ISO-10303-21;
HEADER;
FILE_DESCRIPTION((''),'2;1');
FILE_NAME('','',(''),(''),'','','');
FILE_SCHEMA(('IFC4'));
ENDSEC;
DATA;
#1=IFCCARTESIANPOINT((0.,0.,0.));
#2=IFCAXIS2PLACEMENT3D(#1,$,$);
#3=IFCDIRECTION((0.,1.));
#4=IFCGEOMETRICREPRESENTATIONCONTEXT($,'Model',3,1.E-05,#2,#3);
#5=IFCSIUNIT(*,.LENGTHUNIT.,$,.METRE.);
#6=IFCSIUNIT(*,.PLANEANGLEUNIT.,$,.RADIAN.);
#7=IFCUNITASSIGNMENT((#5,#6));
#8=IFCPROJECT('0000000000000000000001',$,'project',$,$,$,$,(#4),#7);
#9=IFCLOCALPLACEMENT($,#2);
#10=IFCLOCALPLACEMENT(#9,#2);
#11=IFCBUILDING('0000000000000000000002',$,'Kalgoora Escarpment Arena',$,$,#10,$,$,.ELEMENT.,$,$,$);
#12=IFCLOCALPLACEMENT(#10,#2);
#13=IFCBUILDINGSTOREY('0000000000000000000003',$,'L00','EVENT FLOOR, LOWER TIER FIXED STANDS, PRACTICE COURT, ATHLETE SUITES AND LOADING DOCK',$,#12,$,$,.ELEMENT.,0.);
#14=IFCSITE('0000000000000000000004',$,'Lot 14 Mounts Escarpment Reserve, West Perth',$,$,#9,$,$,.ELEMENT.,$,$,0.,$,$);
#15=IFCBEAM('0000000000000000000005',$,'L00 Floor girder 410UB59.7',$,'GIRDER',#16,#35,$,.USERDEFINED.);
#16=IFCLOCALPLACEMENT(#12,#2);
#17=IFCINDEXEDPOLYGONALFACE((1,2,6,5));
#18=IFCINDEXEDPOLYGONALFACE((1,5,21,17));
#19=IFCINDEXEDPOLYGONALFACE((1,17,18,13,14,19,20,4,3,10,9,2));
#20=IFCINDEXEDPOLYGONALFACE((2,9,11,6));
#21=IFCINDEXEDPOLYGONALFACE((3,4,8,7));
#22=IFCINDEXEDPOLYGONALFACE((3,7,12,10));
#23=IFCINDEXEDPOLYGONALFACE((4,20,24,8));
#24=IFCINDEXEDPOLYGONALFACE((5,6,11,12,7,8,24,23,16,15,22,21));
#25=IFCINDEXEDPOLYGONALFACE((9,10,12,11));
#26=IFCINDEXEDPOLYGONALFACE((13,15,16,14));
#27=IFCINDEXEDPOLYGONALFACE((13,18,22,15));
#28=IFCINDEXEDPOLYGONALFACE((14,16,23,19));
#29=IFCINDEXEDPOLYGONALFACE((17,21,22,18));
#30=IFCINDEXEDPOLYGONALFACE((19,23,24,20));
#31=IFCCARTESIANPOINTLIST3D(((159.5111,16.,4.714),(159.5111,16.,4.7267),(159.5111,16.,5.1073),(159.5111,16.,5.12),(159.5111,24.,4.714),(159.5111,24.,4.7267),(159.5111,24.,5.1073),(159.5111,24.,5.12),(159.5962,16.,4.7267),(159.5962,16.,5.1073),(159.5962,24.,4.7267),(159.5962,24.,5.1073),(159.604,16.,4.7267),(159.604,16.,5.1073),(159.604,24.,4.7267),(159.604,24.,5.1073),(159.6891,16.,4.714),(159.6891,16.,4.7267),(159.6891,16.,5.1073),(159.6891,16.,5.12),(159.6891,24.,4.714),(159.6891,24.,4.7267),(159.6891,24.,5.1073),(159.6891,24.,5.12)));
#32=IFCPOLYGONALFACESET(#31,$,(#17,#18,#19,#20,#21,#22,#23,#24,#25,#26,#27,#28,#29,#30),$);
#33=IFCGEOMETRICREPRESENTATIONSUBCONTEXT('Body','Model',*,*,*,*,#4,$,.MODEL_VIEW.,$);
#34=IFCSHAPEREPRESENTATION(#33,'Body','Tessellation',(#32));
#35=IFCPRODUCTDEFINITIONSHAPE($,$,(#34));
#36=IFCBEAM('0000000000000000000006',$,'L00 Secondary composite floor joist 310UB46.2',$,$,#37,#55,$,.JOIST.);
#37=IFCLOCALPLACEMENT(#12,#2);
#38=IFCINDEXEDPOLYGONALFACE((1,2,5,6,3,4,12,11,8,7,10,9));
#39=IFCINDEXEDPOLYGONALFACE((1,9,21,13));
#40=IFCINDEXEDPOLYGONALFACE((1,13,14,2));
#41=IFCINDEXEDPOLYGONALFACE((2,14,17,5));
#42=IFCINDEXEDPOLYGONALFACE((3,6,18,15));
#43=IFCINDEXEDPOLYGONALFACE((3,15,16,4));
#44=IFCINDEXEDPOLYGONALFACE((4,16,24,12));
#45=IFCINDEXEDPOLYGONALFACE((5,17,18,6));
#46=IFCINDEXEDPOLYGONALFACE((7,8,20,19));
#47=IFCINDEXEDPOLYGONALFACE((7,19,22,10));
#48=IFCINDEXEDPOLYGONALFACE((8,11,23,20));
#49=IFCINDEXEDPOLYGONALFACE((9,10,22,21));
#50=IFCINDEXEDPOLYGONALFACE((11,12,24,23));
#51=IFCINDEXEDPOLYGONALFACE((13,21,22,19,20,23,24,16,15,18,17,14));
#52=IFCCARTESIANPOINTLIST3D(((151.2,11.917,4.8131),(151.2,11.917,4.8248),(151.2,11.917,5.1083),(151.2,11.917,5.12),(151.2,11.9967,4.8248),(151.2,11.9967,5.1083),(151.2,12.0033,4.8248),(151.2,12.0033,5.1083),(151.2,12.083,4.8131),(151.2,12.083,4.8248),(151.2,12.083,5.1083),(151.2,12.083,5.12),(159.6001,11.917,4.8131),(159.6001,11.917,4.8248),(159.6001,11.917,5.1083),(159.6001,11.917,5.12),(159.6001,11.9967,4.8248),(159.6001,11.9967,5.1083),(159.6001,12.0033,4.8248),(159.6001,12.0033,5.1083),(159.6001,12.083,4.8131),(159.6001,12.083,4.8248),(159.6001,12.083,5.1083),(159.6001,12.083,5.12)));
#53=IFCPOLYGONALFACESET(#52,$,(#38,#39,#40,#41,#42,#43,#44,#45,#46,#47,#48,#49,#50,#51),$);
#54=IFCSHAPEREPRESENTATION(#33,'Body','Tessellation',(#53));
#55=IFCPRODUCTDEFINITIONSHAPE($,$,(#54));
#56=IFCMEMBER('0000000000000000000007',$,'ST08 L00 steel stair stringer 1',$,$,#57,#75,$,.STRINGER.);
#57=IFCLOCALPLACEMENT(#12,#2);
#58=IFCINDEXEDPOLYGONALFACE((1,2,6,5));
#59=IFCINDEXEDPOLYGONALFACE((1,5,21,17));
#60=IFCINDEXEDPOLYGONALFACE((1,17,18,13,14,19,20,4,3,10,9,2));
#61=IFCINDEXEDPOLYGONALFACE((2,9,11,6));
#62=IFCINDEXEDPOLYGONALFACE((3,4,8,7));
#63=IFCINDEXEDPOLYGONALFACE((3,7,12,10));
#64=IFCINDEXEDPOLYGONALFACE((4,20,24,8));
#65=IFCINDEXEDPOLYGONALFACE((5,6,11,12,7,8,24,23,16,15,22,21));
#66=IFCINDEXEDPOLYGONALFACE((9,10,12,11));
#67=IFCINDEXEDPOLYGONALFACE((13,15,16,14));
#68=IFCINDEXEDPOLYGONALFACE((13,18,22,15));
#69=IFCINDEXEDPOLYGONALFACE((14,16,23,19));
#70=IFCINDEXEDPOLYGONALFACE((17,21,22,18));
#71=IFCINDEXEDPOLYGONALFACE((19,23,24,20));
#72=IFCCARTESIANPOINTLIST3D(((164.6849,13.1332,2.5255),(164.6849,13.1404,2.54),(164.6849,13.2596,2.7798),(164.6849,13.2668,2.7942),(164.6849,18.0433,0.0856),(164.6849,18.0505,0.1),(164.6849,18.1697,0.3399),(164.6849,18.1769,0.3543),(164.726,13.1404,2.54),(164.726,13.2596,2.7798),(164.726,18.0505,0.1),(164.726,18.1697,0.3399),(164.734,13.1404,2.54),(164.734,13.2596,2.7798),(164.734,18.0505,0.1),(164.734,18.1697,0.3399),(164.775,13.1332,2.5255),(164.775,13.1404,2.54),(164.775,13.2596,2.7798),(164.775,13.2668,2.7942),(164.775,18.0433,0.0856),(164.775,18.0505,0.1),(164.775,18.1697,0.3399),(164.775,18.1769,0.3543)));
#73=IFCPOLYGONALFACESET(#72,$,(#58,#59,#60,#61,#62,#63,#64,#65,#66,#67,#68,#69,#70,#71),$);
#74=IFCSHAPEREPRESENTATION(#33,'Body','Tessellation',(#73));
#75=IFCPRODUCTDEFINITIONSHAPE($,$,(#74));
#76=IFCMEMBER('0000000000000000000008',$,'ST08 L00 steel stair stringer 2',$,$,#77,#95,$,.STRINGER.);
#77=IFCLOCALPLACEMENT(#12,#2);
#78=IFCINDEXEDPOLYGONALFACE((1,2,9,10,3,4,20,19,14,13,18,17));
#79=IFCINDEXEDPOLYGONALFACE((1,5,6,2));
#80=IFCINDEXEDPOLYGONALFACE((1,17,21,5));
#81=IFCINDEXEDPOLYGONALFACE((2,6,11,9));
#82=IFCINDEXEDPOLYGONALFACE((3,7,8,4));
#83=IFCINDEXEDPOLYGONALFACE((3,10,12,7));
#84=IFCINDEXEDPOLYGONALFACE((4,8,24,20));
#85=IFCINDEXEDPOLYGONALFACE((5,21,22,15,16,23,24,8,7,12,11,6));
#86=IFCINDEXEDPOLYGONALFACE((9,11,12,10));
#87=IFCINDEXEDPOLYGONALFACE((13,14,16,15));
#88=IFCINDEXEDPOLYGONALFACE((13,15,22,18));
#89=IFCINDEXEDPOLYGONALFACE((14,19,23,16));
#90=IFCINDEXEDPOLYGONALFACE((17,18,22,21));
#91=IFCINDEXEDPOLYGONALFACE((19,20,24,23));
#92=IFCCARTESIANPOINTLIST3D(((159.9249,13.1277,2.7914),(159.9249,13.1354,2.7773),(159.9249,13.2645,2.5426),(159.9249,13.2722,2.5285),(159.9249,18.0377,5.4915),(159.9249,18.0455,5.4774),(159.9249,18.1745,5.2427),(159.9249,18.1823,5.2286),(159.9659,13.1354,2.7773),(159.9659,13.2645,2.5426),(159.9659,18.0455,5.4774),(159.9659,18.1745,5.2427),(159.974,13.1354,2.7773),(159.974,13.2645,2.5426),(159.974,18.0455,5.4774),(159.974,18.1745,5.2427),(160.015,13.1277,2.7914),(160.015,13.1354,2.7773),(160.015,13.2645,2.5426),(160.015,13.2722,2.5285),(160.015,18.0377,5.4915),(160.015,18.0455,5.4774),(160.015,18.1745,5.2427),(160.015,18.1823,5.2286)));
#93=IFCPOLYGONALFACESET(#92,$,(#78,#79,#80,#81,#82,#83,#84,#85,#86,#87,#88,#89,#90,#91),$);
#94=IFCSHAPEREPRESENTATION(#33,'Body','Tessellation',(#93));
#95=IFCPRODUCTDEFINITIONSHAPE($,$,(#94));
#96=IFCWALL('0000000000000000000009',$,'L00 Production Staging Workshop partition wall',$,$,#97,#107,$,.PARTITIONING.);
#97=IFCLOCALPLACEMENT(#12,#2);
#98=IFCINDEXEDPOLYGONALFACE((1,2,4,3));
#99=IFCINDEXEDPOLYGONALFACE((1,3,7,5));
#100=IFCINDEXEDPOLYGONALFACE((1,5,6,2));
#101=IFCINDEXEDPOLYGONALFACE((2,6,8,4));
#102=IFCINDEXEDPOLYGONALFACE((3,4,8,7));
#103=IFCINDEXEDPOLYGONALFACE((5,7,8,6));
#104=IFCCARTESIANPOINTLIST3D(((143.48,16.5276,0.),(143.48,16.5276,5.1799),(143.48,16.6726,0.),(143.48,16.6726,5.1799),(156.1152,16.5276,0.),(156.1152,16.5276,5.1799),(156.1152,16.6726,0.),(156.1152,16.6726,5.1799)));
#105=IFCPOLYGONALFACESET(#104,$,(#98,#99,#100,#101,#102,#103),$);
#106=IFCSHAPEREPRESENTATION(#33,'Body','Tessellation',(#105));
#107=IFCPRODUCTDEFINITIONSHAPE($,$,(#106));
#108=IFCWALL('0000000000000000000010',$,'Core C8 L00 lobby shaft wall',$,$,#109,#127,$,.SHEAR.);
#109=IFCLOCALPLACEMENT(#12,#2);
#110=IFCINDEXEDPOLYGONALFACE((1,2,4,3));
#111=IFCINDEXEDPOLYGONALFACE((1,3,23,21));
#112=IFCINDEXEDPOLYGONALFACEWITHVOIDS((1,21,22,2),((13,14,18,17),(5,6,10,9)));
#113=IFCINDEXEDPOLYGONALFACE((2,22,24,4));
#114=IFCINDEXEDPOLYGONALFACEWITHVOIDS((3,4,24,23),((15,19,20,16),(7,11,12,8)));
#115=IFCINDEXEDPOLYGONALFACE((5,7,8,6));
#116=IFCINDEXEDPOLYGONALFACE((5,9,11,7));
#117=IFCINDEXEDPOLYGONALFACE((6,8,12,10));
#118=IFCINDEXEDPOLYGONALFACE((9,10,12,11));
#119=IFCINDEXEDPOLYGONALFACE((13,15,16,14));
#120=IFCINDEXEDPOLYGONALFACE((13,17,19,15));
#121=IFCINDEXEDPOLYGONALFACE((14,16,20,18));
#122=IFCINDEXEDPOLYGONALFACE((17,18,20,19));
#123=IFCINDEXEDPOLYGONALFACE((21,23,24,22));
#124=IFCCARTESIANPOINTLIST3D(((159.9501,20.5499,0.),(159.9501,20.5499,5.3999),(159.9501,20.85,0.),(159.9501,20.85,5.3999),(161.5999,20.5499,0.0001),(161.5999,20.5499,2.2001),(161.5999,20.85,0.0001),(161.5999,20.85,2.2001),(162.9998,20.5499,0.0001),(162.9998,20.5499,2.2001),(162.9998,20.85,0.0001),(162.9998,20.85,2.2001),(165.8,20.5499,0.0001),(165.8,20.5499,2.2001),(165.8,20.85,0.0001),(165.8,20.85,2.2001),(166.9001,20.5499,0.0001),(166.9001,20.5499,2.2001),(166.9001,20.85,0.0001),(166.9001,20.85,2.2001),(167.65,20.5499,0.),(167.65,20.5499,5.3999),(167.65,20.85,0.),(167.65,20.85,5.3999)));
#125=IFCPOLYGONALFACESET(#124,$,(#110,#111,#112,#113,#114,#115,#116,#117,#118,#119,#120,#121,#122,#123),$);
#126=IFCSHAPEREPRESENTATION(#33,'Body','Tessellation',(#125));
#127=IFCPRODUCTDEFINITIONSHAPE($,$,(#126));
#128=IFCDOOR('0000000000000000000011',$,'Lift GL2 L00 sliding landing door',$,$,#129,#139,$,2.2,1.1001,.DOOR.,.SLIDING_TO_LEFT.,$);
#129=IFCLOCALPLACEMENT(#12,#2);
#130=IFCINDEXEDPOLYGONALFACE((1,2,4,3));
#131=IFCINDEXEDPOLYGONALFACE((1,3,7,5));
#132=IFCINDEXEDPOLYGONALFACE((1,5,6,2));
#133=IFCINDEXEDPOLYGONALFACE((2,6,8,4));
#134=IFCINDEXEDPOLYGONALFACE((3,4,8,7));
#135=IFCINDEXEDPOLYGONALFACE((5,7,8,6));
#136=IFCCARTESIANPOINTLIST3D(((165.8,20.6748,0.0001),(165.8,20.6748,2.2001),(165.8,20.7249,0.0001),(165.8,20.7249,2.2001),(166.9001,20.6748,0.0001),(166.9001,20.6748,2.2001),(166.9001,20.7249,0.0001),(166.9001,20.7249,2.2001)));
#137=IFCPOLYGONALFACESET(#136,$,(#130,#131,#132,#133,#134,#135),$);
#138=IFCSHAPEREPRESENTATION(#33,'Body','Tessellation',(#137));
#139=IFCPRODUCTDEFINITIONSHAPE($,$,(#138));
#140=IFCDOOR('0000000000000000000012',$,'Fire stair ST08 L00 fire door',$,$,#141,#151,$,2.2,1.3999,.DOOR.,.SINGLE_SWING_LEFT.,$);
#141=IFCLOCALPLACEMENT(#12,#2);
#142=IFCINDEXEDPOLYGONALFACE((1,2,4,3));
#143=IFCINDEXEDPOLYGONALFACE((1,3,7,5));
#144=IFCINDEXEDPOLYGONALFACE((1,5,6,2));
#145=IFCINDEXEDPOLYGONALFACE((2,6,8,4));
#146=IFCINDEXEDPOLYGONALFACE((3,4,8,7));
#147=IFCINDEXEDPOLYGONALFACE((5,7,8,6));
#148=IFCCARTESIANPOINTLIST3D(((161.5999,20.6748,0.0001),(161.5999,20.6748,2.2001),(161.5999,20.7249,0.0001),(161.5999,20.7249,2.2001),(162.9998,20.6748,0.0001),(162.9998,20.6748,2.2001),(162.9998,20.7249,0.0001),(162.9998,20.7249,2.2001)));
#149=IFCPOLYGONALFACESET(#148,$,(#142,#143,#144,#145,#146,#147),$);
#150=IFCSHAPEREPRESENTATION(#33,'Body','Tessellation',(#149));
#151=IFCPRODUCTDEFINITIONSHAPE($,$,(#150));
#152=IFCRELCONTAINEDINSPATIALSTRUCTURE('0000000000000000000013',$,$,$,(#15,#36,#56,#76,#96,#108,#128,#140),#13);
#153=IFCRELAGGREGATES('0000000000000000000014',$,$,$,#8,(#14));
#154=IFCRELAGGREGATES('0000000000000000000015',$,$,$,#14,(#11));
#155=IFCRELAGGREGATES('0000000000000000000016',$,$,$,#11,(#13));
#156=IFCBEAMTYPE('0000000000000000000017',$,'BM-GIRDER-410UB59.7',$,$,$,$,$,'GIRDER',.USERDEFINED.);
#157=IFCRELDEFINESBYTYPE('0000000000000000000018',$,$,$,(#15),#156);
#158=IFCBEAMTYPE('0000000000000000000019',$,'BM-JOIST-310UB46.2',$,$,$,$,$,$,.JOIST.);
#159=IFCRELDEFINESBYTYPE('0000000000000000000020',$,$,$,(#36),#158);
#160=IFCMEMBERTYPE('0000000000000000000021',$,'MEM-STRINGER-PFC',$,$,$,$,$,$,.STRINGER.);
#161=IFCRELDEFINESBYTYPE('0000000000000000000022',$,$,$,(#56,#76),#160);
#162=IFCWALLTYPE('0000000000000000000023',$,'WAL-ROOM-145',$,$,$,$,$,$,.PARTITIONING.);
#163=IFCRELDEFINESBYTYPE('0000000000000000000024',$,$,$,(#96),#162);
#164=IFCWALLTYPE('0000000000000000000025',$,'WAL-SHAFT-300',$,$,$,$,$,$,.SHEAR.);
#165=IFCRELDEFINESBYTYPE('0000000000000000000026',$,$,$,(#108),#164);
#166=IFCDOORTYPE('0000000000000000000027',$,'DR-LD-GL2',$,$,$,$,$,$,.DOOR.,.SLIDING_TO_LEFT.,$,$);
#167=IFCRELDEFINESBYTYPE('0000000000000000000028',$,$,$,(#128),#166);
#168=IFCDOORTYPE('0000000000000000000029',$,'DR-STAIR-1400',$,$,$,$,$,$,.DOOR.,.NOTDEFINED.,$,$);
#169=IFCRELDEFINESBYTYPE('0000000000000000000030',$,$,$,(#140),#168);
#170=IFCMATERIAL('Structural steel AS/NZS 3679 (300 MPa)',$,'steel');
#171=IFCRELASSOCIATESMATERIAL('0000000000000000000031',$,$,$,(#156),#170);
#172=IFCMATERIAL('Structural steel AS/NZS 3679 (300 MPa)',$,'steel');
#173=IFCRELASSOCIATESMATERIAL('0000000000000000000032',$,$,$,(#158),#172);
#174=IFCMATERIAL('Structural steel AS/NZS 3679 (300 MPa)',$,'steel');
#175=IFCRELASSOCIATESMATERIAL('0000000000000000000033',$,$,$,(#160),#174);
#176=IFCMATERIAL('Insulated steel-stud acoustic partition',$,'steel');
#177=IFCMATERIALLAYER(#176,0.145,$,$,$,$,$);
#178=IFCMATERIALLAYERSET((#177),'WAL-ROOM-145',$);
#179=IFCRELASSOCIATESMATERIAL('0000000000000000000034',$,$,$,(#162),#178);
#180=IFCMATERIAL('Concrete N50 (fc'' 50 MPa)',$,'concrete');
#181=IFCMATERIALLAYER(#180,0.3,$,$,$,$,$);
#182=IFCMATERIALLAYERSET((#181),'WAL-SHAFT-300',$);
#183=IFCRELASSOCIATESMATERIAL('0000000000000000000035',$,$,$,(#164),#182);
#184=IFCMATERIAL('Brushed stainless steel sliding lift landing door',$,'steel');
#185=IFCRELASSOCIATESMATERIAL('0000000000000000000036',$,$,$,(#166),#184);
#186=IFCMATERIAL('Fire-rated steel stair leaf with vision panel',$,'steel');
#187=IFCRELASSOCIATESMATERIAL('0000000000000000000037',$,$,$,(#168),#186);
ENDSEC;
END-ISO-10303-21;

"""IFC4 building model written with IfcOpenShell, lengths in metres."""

from ifc_helpers import new_model, si_unit, direction, frame, frame_2d, origin, origin_2d, place, context, subcontext, project, spatial, rectangle, i_section, extrude, material, layer, layer_set, material_profile, profile_set, type_object, element, fill, save


model = new_model("IFC4")

# Units and contexts
model_context = context("Model", 3, precision=1e-05, world=origin(), true_north=direction((0.0, 1.0)))
body_context = subcontext(model_context, "Body", "Model", "MODEL_VIEW")
ifc_project = project(units=[si_unit("LENGTHUNIT", "METRE"), si_unit("PLANEANGLEUNIT", "RADIAN")], contexts=[model_context])

# Site, building, storey
site_placement = place(None, origin())
site = spatial("IfcSite", under=ifc_project, at=site_placement, Name="Lot 14 Mounts Escarpment Reserve, West Perth", CompositionType="ELEMENT", RefElevation=0.0)
building_placement = place(site_placement, origin())
building = spatial("IfcBuilding", under=site, at=building_placement, Name="Kalgoora Escarpment Arena", CompositionType="ELEMENT")
storey_placement = place(building_placement, origin())
storey = spatial("IfcBuildingStorey", under=building, at=storey_placement, Name="L00", Description="EVENT FLOOR, LOWER TIER FIXED STANDS, PRACTICE COURT, ATHLETE SUITES AND LOADING DOCK", CompositionType="ELEMENT", Elevation=0.0)

# Beams
ifc_material_1 = material(Name="Structural steel AS/NZS 3679 (300 MPa)", Category="steel")
ifc_material_profile_1 = material_profile(ifc_material_1, i_section(OverallWidth=0.178, OverallDepth=0.406, WebThickness=0.0078, FlangeThickness=0.0127, at=origin_2d()))
ifc_profile_set_1 = profile_set([ifc_material_profile_1], Name="Structural steel AS/NZS 3679 (300 MPa)")
beam_type_1 = type_object("IfcBeamType", Name="BM-GIRDER-410UB59.7", ElementType="GIRDER", PredefinedType="USERDEFINED", material=ifc_profile_set_1)
beam_1_placement = place(storey_placement, frame((159.6001, 16.0, 4.917), z_axis=(0.0, 1.0, 0.0), x_axis=(-1.0, 0.0, 0.0)))
element("IfcBeam", 1, at=beam_1_placement, inside=storey, type_object=beam_type_1, Name="L00 Floor girder 410UB59.7", ObjectType="GIRDER", PredefinedType="USERDEFINED", context=body_context, shape_type="SweptSolid", body=[
    extrude(i_section(OverallWidth=0.178, OverallDepth=0.406, WebThickness=0.0078, FlangeThickness=0.0127, at=origin_2d()), origin(), (0.0, 0.0, 1.0), 8.0),
])
ifc_material_2 = material(Name="Structural steel AS/NZS 3679 (300 MPa)", Category="steel")
ifc_material_profile_2 = material_profile(ifc_material_2, i_section(OverallWidth=0.166, OverallDepth=0.3069, WebThickness=0.0066, FlangeThickness=0.0117, at=origin_2d()))
ifc_profile_set_2 = profile_set([ifc_material_profile_2], Name="Structural steel AS/NZS 3679 (300 MPa)")
beam_type_2 = type_object("IfcBeamType", Name="BM-JOIST-310UB46.2", PredefinedType="JOIST", material=ifc_profile_set_2)
beam_2_placement = place(storey_placement, frame((151.2, 12.0, 4.9666), z_axis=(1.0, 0.0, 0.0), x_axis=(0.0, 1.0, 0.0)))
element("IfcBeam", 2, at=beam_2_placement, inside=storey, type_object=beam_type_2, Name="L00 Secondary composite floor joist 310UB46.2", PredefinedType="JOIST", context=body_context, shape_type="SweptSolid", body=[
    extrude(i_section(OverallWidth=0.166, OverallDepth=0.3069, WebThickness=0.0066, FlangeThickness=0.0117, at=origin_2d()), origin(), (0.0, 0.0, 1.0), 8.4001),
])

# Members
ifc_material_3 = material(Name="Structural steel AS/NZS 3679 (300 MPa)", Category="steel")
ifc_material_profile_3 = material_profile(ifc_material_3, i_section(OverallWidth=0.0901, OverallDepth=0.3, WebThickness=0.0081, FlangeThickness=0.0161, at=origin_2d()))
ifc_profile_set_3 = profile_set([ifc_material_profile_3], Name="Structural steel AS/NZS 3679 (300 MPa)")
member_type = type_object("IfcMemberType", Name="MEM-STRINGER-PFC", PredefinedType="STRINGER", material=ifc_profile_set_3)
member_1_placement = place(storey_placement, frame((164.73, 18.1101, 0.22), z_axis=(0.0, -0.895529, 0.445004), x_axis=(1.0, 0.0, 0.0)))
element("IfcMember", 3, at=member_1_placement, inside=storey, type_object=member_type, Name="ST08 L00 steel stair stringer 1", PredefinedType="STRINGER", context=body_context, shape_type="SweptSolid", body=[
    extrude(i_section(OverallWidth=0.0901, OverallDepth=0.3, WebThickness=0.0081, FlangeThickness=0.0161, at=origin_2d()), origin(), (0.0, 0.0, 1.0), 5.4829),
])
member_2_placement = place(storey_placement, frame((159.97, 13.2, 2.6599), z_axis=(0.0, 0.876245, 0.481865), x_axis=(-1.0, 0.0, 0.0)))
element("IfcMember", 4, at=member_2_placement, inside=storey, type_object=member_type, Name="ST08 L00 steel stair stringer 2", PredefinedType="STRINGER", context=body_context, shape_type="SweptSolid", body=[
    extrude(i_section(OverallWidth=0.0901, OverallDepth=0.3, WebThickness=0.0081, FlangeThickness=0.0161, at=origin_2d()), origin(), (0.0, 0.0, 1.0), 5.6035),
])

# Wall
ifc_material_4 = material(Name="Insulated steel-stud acoustic partition", Category="steel")
ifc_layer_1 = layer(ifc_material_4, 0.145)
ifc_layer_set_1 = layer_set([ifc_layer_1], Name="WAL-ROOM-145")
wall_type_1 = type_object("IfcWallType", Name="WAL-ROOM-145", PredefinedType="PARTITIONING", material=ifc_layer_set_1)
wall_1_placement = place(storey_placement, frame((156.1152, 16.6001, 0.0), z_axis=(0.0, 0.0, 1.0), x_axis=(-1.0, 0.0, 0.0)))
element("IfcWall", 5, at=wall_1_placement, inside=storey, type_object=wall_type_1, Name="L00 Production Staging Workshop partition wall", PredefinedType="PARTITIONING", context=body_context, shape_type="SweptSolid", body=[
    extrude(rectangle(XDim=12.6353, YDim=0.145, at=frame_2d((6.3176, 0.0))), origin(), (0.0, 0.0, 1.0), 5.1799),
])

# Wall, openings, doors
ifc_material_5 = material(Name="Concrete N50 (fc' 50 MPa)", Category="concrete")
ifc_layer_2 = layer(ifc_material_5, 0.3)
ifc_layer_set_2 = layer_set([ifc_layer_2], Name="WAL-SHAFT-300")
wall_type_2 = type_object("IfcWallType", Name="WAL-SHAFT-300", PredefinedType="SHEAR", material=ifc_layer_set_2)
wall_2_placement = place(storey_placement, frame((159.95, 20.7, 0.0), z_axis=(0.0, 0.0, 1.0), x_axis=(1.0, 0.0, 0.0)))
wall_2 = element("IfcWall", 6, at=wall_2_placement, inside=storey, type_object=wall_type_2, Name="Core C8 L00 lobby shaft wall", PredefinedType="SHEAR", context=body_context, shape_type="SweptSolid", body=[
    extrude(rectangle(XDim=7.7, YDim=0.3, at=frame_2d((3.8501, 0.0))), origin(), (0.0, 0.0, 1.0), 5.3999),
])
opening_1_placement = place(wall_2_placement, frame((1.6499, 0.0, 0.0)))
opening_1 = element("IfcOpeningElement", 7, at=opening_1_placement, cuts=wall_2, PredefinedType="OPENING", context=body_context, shape_type="SweptSolid", body=[
    extrude(rectangle(XDim=1.3999, YDim=2.2, at=frame_2d((0.7, 1.1001))), frame((0.0, 0.1599, 0.0), z_axis=(0.0, -1.0, 0.0), x_axis=(1.0, 0.0, 0.0)), (0.0, 0.0, 1.0), 0.3201),
])
opening_2_placement = place(wall_2_placement, frame((5.8501, 0.0, 0.0)))
opening_2 = element("IfcOpeningElement", 8, at=opening_2_placement, cuts=wall_2, PredefinedType="OPENING", context=body_context, shape_type="SweptSolid", body=[
    extrude(rectangle(XDim=1.1001, YDim=2.2, at=frame_2d((0.55, 1.1001))), frame((0.0, 0.1599, 0.0), z_axis=(0.0, -1.0, 0.0), x_axis=(1.0, 0.0, 0.0)), (0.0, 0.0, 1.0), 0.3201),
])
ifc_material_6 = material(Name="Brushed stainless steel sliding lift landing door", Category="steel")
door_type_1 = type_object("IfcDoorType", Name="DR-LD-GL2", OperationType="SLIDING_TO_LEFT", PredefinedType="DOOR", material=ifc_material_6)
door_1_placement = place(opening_2_placement, origin())
door_1 = element("IfcDoor", 9, at=door_1_placement, inside=storey, type_object=door_type_1, Name="Lift GL2 L00 sliding landing door", OperationType="SLIDING_TO_LEFT", OverallHeight=2.2, OverallWidth=1.1001, PredefinedType="DOOR", context=body_context, shape_type="SweptSolid", body=[
    extrude(rectangle(XDim=1.1001, YDim=2.2, at=frame_2d((0.55, 1.1001))), frame((0.0, 0.0249, 0.0), z_axis=(0.0, -1.0, 0.0), x_axis=(1.0, 0.0, 0.0)), (0.0, 0.0, 1.0), 0.05),
])
fill(opening_2, door_1)
ifc_material_7 = material(Name="Fire-rated steel stair leaf with vision panel", Category="steel")
door_type_2 = type_object("IfcDoorType", Name="DR-STAIR-1400", OperationType="NOTDEFINED", PredefinedType="DOOR", material=ifc_material_7)
door_2_placement = place(opening_1_placement, origin())
door_2 = element("IfcDoor", 10, at=door_2_placement, inside=storey, type_object=door_type_2, Name="Fire stair ST08 L00 fire door", OperationType="SINGLE_SWING_LEFT", OverallHeight=2.2, OverallWidth=1.3999, PredefinedType="DOOR", context=body_context, shape_type="SweptSolid", body=[
    extrude(rectangle(XDim=1.3999, YDim=2.2, at=frame_2d((0.7, 1.1001))), frame((0.0, 0.0249, 0.0), z_axis=(0.0, -1.0, 0.0), x_axis=(1.0, 0.0, 0.0)), (0.0, 0.0, 1.0), 0.05),
])
fill(opening_1, door_2)

save(model, "model.ifc")
